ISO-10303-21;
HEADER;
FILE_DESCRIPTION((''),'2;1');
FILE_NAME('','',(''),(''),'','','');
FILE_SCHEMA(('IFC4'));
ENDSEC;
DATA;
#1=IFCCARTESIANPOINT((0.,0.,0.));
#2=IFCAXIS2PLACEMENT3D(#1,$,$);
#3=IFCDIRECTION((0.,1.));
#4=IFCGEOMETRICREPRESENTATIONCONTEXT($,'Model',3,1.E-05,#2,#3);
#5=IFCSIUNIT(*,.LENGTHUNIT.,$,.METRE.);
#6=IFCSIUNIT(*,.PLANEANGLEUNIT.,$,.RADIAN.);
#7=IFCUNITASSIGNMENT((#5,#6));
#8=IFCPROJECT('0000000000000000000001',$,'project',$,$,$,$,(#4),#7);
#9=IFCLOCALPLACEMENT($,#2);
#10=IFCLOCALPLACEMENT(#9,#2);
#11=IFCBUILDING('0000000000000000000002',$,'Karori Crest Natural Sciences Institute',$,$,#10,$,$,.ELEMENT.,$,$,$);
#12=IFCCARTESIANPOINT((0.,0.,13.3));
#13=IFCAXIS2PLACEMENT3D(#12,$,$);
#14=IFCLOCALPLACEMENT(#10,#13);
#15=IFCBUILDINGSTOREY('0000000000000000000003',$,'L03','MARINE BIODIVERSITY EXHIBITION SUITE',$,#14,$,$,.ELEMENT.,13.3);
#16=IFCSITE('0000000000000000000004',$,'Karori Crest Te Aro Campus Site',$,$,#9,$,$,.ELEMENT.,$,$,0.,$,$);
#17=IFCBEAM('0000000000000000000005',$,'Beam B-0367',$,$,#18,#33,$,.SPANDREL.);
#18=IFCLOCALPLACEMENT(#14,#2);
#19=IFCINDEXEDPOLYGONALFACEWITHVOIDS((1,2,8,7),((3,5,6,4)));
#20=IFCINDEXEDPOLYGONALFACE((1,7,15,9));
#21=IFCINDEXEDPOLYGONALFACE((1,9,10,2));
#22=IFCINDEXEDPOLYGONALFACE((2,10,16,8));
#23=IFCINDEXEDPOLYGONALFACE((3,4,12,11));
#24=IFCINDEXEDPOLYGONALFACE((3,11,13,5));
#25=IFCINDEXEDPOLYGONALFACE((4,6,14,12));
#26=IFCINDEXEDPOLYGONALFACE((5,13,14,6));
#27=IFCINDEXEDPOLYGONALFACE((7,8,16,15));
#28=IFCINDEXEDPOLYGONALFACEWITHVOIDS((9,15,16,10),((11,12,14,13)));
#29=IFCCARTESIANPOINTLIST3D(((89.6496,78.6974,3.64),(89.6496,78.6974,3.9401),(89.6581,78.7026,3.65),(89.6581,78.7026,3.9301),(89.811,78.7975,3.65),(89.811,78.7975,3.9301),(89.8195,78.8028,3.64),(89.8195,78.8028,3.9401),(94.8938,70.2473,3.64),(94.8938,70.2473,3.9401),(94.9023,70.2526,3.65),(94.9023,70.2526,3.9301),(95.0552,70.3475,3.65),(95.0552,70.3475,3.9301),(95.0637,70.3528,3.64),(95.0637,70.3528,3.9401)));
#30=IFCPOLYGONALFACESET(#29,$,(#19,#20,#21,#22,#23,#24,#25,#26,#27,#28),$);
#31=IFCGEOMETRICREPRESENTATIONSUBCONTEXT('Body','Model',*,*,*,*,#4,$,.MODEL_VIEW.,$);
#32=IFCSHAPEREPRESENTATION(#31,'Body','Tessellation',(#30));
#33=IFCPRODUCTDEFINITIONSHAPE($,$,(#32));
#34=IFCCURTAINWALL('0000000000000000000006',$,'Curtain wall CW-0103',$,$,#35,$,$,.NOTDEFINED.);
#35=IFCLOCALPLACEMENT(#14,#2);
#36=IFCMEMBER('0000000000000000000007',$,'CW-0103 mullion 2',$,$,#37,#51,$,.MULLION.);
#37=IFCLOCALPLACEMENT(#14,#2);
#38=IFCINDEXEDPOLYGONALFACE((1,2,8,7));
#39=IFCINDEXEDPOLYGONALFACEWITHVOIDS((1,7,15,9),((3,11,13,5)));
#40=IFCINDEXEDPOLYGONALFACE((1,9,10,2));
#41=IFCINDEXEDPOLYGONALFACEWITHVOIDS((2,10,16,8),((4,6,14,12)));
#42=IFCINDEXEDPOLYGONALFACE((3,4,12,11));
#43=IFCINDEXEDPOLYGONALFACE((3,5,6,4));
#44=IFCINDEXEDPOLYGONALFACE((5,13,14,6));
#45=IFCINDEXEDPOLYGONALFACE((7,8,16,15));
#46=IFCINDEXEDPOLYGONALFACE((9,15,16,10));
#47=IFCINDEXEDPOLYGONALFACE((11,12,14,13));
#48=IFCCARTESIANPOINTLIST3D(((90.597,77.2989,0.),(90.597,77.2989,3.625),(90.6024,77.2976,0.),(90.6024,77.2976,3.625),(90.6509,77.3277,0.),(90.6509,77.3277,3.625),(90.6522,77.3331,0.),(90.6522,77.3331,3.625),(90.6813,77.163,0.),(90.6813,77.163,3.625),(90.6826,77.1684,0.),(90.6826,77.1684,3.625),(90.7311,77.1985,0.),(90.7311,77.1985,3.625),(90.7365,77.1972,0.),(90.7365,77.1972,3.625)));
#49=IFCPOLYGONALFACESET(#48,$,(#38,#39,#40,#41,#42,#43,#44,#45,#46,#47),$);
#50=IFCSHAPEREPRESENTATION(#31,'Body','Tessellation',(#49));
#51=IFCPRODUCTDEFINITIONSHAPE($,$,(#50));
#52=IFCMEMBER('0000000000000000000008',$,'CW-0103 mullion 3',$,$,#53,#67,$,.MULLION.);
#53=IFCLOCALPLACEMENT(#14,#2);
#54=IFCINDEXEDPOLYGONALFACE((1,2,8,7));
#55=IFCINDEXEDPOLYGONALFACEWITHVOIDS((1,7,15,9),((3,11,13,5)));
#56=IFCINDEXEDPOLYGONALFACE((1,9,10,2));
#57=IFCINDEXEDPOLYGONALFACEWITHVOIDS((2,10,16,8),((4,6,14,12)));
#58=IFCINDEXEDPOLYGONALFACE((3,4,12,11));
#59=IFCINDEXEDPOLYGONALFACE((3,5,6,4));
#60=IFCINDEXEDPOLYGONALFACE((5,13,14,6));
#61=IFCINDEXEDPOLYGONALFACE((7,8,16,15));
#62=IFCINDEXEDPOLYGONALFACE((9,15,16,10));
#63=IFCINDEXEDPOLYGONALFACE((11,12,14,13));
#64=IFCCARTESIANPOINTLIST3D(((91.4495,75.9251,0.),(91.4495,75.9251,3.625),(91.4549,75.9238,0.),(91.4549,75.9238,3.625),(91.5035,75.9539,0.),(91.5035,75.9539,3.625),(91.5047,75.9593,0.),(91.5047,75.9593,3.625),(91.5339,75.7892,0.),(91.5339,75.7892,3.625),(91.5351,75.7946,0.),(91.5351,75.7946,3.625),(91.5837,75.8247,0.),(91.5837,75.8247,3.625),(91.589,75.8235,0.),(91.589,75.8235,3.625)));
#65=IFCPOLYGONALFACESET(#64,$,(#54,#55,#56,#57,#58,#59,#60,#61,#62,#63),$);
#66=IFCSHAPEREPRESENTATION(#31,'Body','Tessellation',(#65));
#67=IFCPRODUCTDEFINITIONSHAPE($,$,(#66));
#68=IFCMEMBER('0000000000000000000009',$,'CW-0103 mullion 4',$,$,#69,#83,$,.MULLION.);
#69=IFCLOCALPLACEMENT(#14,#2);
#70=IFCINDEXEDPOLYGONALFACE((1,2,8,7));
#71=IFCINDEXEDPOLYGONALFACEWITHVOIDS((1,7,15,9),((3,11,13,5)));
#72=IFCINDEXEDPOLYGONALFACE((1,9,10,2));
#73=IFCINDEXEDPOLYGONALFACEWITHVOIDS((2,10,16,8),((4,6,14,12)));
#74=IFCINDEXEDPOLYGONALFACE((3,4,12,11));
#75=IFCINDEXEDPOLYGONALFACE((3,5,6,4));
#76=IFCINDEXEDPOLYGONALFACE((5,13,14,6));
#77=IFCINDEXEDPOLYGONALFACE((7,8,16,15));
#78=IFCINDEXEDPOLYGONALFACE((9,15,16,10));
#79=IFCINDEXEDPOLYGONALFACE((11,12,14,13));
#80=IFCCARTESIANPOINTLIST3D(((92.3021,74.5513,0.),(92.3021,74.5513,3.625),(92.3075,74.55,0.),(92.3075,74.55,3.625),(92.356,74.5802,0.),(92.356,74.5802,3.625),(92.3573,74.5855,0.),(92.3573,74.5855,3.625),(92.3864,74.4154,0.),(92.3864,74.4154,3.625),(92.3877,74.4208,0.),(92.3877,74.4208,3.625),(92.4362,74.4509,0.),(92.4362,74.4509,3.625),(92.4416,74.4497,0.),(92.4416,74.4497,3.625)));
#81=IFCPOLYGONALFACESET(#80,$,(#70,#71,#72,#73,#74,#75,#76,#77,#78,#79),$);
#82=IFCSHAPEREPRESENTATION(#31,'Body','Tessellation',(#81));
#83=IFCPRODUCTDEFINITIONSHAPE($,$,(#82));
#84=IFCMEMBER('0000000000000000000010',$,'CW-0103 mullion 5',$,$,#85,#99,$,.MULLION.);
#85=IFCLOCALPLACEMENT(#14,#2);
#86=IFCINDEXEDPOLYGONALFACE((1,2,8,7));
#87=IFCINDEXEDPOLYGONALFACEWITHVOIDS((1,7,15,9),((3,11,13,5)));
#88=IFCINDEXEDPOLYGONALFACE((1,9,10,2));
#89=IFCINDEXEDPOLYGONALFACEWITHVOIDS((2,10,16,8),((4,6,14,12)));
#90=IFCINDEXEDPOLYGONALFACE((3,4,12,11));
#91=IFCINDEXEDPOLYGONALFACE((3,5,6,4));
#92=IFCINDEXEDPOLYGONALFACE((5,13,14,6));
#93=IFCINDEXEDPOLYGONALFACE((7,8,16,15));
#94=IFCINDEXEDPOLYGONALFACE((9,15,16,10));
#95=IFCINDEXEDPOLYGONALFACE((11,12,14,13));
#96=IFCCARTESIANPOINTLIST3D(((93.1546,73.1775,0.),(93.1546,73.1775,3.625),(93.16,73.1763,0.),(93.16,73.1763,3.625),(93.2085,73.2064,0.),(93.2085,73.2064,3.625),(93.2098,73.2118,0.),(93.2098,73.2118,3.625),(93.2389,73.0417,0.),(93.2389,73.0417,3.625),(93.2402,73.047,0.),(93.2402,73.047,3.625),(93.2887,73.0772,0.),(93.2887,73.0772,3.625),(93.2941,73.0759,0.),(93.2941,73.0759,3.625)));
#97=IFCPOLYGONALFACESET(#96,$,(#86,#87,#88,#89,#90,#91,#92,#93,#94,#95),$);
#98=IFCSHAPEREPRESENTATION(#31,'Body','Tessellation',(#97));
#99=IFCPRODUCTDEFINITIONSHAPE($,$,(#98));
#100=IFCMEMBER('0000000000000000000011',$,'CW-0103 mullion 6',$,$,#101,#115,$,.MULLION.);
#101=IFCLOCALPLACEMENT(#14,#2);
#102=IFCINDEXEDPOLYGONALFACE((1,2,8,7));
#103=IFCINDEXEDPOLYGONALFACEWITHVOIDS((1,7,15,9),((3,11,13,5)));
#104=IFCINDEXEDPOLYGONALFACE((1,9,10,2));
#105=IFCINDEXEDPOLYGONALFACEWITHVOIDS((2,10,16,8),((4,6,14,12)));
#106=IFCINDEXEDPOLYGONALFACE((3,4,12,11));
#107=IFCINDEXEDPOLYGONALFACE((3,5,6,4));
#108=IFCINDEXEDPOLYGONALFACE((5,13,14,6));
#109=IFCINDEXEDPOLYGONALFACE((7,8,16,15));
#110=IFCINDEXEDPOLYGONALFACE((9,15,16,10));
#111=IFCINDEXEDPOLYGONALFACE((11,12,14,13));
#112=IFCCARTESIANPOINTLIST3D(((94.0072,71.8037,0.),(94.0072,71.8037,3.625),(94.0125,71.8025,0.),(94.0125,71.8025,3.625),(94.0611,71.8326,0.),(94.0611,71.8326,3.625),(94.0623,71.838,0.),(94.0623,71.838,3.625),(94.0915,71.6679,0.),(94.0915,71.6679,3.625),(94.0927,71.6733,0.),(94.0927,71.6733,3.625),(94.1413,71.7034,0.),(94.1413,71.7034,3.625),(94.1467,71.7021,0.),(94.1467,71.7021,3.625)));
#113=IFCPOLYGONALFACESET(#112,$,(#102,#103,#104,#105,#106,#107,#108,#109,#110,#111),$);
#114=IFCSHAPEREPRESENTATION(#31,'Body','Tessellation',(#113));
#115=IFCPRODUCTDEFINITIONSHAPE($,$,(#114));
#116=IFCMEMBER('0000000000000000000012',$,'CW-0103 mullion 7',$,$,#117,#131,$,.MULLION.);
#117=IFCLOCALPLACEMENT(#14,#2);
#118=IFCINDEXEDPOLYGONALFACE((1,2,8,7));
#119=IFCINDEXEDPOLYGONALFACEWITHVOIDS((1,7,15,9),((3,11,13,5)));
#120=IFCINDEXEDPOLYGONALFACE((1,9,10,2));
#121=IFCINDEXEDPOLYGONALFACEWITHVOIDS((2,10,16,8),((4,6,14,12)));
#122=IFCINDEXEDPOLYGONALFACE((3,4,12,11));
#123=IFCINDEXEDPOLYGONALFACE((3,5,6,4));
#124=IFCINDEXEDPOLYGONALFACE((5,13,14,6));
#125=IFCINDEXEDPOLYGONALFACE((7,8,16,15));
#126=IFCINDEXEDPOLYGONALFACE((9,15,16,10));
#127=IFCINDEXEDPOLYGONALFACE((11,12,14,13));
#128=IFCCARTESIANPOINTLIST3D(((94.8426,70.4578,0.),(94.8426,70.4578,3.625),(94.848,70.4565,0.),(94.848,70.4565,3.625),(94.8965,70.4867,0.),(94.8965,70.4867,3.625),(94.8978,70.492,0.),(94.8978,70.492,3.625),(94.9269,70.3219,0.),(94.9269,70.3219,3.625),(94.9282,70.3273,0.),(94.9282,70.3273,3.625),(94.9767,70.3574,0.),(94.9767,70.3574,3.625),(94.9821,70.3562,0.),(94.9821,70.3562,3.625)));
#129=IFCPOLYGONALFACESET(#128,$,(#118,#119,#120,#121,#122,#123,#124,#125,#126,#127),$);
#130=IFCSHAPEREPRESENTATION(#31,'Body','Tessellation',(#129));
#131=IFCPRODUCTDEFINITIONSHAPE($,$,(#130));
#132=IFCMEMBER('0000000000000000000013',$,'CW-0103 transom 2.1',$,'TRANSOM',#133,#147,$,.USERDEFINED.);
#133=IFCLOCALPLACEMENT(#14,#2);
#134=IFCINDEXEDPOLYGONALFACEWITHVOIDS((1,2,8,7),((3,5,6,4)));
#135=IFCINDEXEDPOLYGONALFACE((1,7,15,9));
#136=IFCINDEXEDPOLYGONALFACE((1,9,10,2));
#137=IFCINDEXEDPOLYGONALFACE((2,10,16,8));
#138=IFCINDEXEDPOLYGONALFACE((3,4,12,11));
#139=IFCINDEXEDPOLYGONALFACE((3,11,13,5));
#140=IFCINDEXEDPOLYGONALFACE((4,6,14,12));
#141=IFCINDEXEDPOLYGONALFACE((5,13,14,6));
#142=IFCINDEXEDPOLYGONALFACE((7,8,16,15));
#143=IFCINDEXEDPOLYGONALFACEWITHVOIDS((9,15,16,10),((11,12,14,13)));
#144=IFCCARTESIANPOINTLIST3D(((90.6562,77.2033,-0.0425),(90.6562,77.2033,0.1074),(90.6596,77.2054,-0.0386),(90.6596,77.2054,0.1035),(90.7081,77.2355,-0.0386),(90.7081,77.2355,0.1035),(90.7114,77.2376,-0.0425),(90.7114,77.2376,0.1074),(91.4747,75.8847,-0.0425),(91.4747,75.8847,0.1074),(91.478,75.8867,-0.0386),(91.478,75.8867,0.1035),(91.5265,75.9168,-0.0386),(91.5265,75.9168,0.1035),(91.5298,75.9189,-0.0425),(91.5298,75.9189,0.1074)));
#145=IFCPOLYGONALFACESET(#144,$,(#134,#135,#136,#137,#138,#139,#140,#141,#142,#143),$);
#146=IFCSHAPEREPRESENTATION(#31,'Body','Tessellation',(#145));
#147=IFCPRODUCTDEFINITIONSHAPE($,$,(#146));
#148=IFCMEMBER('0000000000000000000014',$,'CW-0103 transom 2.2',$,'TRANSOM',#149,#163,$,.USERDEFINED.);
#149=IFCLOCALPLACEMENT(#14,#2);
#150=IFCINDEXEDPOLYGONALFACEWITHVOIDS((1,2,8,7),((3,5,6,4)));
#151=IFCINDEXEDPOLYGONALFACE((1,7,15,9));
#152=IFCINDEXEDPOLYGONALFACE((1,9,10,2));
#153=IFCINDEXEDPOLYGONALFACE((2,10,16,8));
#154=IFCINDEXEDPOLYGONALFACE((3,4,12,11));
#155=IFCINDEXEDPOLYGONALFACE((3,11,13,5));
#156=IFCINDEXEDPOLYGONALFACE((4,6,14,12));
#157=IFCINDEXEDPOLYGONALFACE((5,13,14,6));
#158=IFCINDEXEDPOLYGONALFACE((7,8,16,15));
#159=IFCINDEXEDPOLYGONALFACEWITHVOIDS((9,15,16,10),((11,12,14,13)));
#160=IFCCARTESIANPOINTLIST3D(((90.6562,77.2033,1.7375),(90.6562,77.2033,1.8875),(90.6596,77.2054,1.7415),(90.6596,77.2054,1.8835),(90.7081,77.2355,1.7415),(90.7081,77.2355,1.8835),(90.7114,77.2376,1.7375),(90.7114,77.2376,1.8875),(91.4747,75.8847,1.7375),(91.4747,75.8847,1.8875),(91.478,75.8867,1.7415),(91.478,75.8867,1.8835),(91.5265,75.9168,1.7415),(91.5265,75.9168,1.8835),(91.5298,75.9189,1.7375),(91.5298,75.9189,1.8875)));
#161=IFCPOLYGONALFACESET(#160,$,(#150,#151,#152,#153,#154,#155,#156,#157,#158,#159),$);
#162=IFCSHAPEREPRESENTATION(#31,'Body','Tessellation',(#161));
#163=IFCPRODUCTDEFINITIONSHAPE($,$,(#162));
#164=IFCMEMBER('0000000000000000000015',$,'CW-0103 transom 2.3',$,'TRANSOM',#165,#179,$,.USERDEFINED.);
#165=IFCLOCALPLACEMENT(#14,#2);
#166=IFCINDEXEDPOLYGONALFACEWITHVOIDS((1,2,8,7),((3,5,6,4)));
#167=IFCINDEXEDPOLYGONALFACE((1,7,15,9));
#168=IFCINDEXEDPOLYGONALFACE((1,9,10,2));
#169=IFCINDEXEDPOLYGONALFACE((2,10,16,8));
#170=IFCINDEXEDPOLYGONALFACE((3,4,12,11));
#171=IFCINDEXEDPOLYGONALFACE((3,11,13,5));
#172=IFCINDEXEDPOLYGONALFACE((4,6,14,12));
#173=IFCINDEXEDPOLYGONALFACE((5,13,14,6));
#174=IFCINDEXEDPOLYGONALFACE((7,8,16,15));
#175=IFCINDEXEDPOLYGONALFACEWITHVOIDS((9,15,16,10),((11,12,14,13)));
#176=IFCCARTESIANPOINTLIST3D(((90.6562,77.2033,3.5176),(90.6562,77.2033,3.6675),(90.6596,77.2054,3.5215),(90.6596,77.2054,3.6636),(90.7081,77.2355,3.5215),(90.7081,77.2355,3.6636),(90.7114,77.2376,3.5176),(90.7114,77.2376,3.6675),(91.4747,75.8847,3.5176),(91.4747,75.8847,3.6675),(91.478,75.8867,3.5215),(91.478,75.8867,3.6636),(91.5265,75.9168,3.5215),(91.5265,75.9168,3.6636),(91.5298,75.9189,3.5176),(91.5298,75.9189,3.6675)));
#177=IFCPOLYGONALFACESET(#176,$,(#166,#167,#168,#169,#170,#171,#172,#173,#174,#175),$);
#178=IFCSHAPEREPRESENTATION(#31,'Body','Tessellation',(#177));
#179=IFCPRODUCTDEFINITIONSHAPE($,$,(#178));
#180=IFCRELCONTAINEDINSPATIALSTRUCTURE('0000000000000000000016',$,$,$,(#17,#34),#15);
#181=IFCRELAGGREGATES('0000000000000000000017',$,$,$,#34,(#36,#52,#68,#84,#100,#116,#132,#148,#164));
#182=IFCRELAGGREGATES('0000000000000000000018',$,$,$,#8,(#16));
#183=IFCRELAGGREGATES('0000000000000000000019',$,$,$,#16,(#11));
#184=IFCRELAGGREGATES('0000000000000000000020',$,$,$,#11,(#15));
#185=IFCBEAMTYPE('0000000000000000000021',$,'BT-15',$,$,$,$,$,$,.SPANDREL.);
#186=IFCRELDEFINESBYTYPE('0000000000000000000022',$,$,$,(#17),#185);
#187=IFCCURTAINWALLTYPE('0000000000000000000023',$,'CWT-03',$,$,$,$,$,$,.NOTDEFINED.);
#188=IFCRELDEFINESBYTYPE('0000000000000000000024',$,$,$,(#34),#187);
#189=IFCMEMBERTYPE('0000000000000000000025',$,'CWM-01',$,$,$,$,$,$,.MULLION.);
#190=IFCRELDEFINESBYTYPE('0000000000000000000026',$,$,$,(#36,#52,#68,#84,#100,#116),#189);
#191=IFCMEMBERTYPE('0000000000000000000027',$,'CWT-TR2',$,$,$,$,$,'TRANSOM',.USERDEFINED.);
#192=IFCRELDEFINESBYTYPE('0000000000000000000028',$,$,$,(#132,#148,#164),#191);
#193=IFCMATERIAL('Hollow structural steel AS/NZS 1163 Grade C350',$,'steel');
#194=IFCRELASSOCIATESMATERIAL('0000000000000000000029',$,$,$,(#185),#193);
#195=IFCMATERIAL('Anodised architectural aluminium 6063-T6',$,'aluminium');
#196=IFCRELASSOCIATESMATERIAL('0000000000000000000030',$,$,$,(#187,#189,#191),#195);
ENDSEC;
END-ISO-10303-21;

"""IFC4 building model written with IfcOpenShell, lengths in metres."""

from ifc_helpers import new_model, si_unit, direction, frame, origin, origin_2d, place, context, subcontext, project, spatial, hollow_rectangle, extrude, material, material_profile, profile_set, type_object, element, aggregate, save


model = new_model("IFC4")

# Units and contexts
model_context = context("Model", 3, precision=1e-05, world=origin(), true_north=direction((0.0, 1.0)))
body_context = subcontext(model_context, "Body", "Model", "MODEL_VIEW")
ifc_project = project(units=[si_unit("LENGTHUNIT", "METRE"), si_unit("PLANEANGLEUNIT", "RADIAN")], contexts=[model_context])

# Site, building, storey
site_placement = place(None, origin())
site = spatial("IfcSite", under=ifc_project, at=site_placement, Name="Karori Crest Te Aro Campus Site", CompositionType="ELEMENT", RefElevation=0.0)
building_placement = place(site_placement, origin())
building = spatial("IfcBuilding", under=site, at=building_placement, Name="Karori Crest Natural Sciences Institute", CompositionType="ELEMENT")
storey_placement = place(building_placement, frame((0.0, 0.0, 13.3)))
storey = spatial("IfcBuildingStorey", under=building, at=storey_placement, Name="L03", Description="MARINE BIODIVERSITY EXHIBITION SUITE", CompositionType="ELEMENT", Elevation=13.3)

# Beam
ifc_material_1 = material(Name="Hollow structural steel AS/NZS 1163 Grade C350", Category="steel")
ifc_material_profile_1 = material_profile(ifc_material_1, hollow_rectangle(XDim=0.2, YDim=0.3, WallThickness=0.01, at=origin_2d()), Name="RHS300x200x10")
ifc_profile_set_1 = profile_set([ifc_material_profile_1], Name="Hollow structural steel AS/NZS 1163 Grade C350")
beam_type = type_object("IfcBeamType", Name="BT-15", PredefinedType="SPANDREL", material=ifc_profile_set_1)
beam_placement = place(storey_placement, frame((94.9788, 70.3, 3.79), z_axis=(-0.527315, 0.84967, 0.0), x_axis=(-0.84967, -0.527315, 0.0)))
element("IfcBeam", 1, at=beam_placement, inside=storey, type_object=beam_type, Name="Beam B-0367", PredefinedType="SPANDREL", context=body_context, shape_type="SweptSolid", body=[
    extrude(hollow_rectangle(XDim=0.2, YDim=0.3, WallThickness=0.01, at=origin_2d()), origin(), (0.0, 0.0, 1.0), 9.9451),
])

# Curtain wall, members
ifc_material_2 = material(Name="Anodised architectural aluminium 6063-T6", Category="aluminium")
curtain_wall_type = type_object("IfcCurtainWallType", Name="CWT-03", PredefinedType="NOTDEFINED", material=ifc_material_2)
curtain_wall_placement = place(storey_placement, origin())
curtain_wall = element("IfcCurtainWall", 2, at=curtain_wall_placement, inside=storey, type_object=curtain_wall_type, Name="Curtain wall CW-0103", PredefinedType="NOTDEFINED")
ifc_material_profile_2 = material_profile(ifc_material_2, hollow_rectangle(XDim=0.0649, YDim=0.1599, WallThickness=0.0039, at=origin_2d()), Name="CWM160x65x4")
ifc_profile_set_2 = profile_set([ifc_material_profile_2], Name="Anodised architectural aluminium 6063-T6")
member_type_1 = type_object("IfcMemberType", Name="CWM-01", PredefinedType="MULLION", material=ifc_profile_set_2)
member_1_placement = place(storey_placement, frame((90.6667, 77.248, 0.0), z_axis=(0.0, 0.0, 1.0), x_axis=(0.849662, 0.527328, 0.0)))
member_1 = element("IfcMember", 3, at=member_1_placement, type_object=member_type_1, Name="CW-0103 mullion 2", PredefinedType="MULLION", context=body_context, shape_type="SweptSolid", body=[
    extrude(hollow_rectangle(XDim=0.0649, YDim=0.1599, WallThickness=0.0039, at=origin_2d()), origin(), (0.0, 0.0, 1.0), 3.625),
])
member_2_placement = place(storey_placement, frame((91.5193, 75.8743, 0.0), z_axis=(0.0, 0.0, 1.0), x_axis=(0.849662, 0.527328, 0.0)))
member_2 = element("IfcMember", 4, at=member_2_placement, type_object=member_type_1, Name="CW-0103 mullion 3", PredefinedType="MULLION", context=body_context, shape_type="SweptSolid", body=[
    extrude(hollow_rectangle(XDim=0.0649, YDim=0.1599, WallThickness=0.0039, at=origin_2d()), origin(), (0.0, 0.0, 1.0), 3.625),
])
member_3_placement = place(storey_placement, frame((92.3718, 74.5005, 0.0), z_axis=(0.0, 0.0, 1.0), x_axis=(0.849662, 0.527328, 0.0)))
member_3 = element("IfcMember", 5, at=member_3_placement, type_object=member_type_1, Name="CW-0103 mullion 4", PredefinedType="MULLION", context=body_context, shape_type="SweptSolid", body=[
    extrude(hollow_rectangle(XDim=0.0649, YDim=0.1599, WallThickness=0.0039, at=origin_2d()), origin(), (0.0, 0.0, 1.0), 3.625),
])
member_4_placement = place(storey_placement, frame((93.2244, 73.1267, 0.0), z_axis=(0.0, 0.0, 1.0), x_axis=(0.849662, 0.527328, 0.0)))
member_4 = element("IfcMember", 6, at=member_4_placement, type_object=member_type_1, Name="CW-0103 mullion 5", PredefinedType="MULLION", context=body_context, shape_type="SweptSolid", body=[
    extrude(hollow_rectangle(XDim=0.0649, YDim=0.1599, WallThickness=0.0039, at=origin_2d()), origin(), (0.0, 0.0, 1.0), 3.625),
])
member_5_placement = place(storey_placement, frame((94.0769, 71.7529, 0.0), z_axis=(0.0, 0.0, 1.0), x_axis=(0.849662, 0.527328, 0.0)))
member_5 = element("IfcMember", 7, at=member_5_placement, type_object=member_type_1, Name="CW-0103 mullion 6", PredefinedType="MULLION", context=body_context, shape_type="SweptSolid", body=[
    extrude(hollow_rectangle(XDim=0.0649, YDim=0.1599, WallThickness=0.0039, at=origin_2d()), origin(), (0.0, 0.0, 1.0), 3.625),
])
member_6_placement = place(storey_placement, frame((94.9124, 70.407, 0.0), z_axis=(0.0, 0.0, 1.0), x_axis=(0.849662, 0.527328, 0.0)))
member_6 = element("IfcMember", 8, at=member_6_placement, type_object=member_type_1, Name="CW-0103 mullion 7", PredefinedType="MULLION", context=body_context, shape_type="SweptSolid", body=[
    extrude(hollow_rectangle(XDim=0.0649, YDim=0.1599, WallThickness=0.0039, at=origin_2d()), origin(), (0.0, 0.0, 1.0), 3.625),
])
ifc_material_profile_3 = material_profile(ifc_material_2, hollow_rectangle(XDim=0.0649, YDim=0.1499, WallThickness=0.0039, at=origin_2d()), Name="CWT150x65x4")
ifc_profile_set_3 = profile_set([ifc_material_profile_3], Name="Anodised architectural aluminium 6063-T6")
member_type_2 = type_object("IfcMemberType", Name="CWT-TR2", ElementType="TRANSOM", PredefinedType="USERDEFINED", material=ifc_profile_set_3)
member_7_placement = place(storey_placement, frame((90.6838, 77.2205, 0.0325), z_axis=(0.527324, -0.849664, 0.0), x_axis=(0.849664, 0.527324, 0.0)))
member_7 = element("IfcMember", 9, at=member_7_placement, type_object=member_type_2, Name="CW-0103 transom 2.1", ObjectType="TRANSOM", PredefinedType="USERDEFINED", context=body_context, shape_type="SweptSolid", body=[
    extrude(hollow_rectangle(XDim=0.0649, YDim=0.1499, WallThickness=0.0039, at=origin_2d()), origin(), (0.0, 0.0, 1.0), 1.552),
])
member_8_placement = place(storey_placement, frame((90.6838, 77.2205, 1.8125), z_axis=(0.527324, -0.849664, 0.0), x_axis=(0.849664, 0.527324, 0.0)))
member_8 = element("IfcMember", 10, at=member_8_placement, type_object=member_type_2, Name="CW-0103 transom 2.2", ObjectType="TRANSOM", PredefinedType="USERDEFINED", context=body_context, shape_type="SweptSolid", body=[
    extrude(hollow_rectangle(XDim=0.0649, YDim=0.1499, WallThickness=0.0039, at=origin_2d()), origin(), (0.0, 0.0, 1.0), 1.552),
])
member_9_placement = place(storey_placement, frame((90.6838, 77.2205, 3.5925), z_axis=(0.527324, -0.849664, 0.0), x_axis=(0.849664, 0.527324, 0.0)))
member_9 = element("IfcMember", 11, at=member_9_placement, type_object=member_type_2, Name="CW-0103 transom 2.3", ObjectType="TRANSOM", PredefinedType="USERDEFINED", context=body_context, shape_type="SweptSolid", body=[
    extrude(hollow_rectangle(XDim=0.0649, YDim=0.1499, WallThickness=0.0039, at=origin_2d()), origin(), (0.0, 0.0, 1.0), 1.552),
])
aggregate(curtain_wall, [member_1, member_2, member_3, member_4, member_5, member_6, member_7, member_8, member_9])

save(model, "model.ifc")
